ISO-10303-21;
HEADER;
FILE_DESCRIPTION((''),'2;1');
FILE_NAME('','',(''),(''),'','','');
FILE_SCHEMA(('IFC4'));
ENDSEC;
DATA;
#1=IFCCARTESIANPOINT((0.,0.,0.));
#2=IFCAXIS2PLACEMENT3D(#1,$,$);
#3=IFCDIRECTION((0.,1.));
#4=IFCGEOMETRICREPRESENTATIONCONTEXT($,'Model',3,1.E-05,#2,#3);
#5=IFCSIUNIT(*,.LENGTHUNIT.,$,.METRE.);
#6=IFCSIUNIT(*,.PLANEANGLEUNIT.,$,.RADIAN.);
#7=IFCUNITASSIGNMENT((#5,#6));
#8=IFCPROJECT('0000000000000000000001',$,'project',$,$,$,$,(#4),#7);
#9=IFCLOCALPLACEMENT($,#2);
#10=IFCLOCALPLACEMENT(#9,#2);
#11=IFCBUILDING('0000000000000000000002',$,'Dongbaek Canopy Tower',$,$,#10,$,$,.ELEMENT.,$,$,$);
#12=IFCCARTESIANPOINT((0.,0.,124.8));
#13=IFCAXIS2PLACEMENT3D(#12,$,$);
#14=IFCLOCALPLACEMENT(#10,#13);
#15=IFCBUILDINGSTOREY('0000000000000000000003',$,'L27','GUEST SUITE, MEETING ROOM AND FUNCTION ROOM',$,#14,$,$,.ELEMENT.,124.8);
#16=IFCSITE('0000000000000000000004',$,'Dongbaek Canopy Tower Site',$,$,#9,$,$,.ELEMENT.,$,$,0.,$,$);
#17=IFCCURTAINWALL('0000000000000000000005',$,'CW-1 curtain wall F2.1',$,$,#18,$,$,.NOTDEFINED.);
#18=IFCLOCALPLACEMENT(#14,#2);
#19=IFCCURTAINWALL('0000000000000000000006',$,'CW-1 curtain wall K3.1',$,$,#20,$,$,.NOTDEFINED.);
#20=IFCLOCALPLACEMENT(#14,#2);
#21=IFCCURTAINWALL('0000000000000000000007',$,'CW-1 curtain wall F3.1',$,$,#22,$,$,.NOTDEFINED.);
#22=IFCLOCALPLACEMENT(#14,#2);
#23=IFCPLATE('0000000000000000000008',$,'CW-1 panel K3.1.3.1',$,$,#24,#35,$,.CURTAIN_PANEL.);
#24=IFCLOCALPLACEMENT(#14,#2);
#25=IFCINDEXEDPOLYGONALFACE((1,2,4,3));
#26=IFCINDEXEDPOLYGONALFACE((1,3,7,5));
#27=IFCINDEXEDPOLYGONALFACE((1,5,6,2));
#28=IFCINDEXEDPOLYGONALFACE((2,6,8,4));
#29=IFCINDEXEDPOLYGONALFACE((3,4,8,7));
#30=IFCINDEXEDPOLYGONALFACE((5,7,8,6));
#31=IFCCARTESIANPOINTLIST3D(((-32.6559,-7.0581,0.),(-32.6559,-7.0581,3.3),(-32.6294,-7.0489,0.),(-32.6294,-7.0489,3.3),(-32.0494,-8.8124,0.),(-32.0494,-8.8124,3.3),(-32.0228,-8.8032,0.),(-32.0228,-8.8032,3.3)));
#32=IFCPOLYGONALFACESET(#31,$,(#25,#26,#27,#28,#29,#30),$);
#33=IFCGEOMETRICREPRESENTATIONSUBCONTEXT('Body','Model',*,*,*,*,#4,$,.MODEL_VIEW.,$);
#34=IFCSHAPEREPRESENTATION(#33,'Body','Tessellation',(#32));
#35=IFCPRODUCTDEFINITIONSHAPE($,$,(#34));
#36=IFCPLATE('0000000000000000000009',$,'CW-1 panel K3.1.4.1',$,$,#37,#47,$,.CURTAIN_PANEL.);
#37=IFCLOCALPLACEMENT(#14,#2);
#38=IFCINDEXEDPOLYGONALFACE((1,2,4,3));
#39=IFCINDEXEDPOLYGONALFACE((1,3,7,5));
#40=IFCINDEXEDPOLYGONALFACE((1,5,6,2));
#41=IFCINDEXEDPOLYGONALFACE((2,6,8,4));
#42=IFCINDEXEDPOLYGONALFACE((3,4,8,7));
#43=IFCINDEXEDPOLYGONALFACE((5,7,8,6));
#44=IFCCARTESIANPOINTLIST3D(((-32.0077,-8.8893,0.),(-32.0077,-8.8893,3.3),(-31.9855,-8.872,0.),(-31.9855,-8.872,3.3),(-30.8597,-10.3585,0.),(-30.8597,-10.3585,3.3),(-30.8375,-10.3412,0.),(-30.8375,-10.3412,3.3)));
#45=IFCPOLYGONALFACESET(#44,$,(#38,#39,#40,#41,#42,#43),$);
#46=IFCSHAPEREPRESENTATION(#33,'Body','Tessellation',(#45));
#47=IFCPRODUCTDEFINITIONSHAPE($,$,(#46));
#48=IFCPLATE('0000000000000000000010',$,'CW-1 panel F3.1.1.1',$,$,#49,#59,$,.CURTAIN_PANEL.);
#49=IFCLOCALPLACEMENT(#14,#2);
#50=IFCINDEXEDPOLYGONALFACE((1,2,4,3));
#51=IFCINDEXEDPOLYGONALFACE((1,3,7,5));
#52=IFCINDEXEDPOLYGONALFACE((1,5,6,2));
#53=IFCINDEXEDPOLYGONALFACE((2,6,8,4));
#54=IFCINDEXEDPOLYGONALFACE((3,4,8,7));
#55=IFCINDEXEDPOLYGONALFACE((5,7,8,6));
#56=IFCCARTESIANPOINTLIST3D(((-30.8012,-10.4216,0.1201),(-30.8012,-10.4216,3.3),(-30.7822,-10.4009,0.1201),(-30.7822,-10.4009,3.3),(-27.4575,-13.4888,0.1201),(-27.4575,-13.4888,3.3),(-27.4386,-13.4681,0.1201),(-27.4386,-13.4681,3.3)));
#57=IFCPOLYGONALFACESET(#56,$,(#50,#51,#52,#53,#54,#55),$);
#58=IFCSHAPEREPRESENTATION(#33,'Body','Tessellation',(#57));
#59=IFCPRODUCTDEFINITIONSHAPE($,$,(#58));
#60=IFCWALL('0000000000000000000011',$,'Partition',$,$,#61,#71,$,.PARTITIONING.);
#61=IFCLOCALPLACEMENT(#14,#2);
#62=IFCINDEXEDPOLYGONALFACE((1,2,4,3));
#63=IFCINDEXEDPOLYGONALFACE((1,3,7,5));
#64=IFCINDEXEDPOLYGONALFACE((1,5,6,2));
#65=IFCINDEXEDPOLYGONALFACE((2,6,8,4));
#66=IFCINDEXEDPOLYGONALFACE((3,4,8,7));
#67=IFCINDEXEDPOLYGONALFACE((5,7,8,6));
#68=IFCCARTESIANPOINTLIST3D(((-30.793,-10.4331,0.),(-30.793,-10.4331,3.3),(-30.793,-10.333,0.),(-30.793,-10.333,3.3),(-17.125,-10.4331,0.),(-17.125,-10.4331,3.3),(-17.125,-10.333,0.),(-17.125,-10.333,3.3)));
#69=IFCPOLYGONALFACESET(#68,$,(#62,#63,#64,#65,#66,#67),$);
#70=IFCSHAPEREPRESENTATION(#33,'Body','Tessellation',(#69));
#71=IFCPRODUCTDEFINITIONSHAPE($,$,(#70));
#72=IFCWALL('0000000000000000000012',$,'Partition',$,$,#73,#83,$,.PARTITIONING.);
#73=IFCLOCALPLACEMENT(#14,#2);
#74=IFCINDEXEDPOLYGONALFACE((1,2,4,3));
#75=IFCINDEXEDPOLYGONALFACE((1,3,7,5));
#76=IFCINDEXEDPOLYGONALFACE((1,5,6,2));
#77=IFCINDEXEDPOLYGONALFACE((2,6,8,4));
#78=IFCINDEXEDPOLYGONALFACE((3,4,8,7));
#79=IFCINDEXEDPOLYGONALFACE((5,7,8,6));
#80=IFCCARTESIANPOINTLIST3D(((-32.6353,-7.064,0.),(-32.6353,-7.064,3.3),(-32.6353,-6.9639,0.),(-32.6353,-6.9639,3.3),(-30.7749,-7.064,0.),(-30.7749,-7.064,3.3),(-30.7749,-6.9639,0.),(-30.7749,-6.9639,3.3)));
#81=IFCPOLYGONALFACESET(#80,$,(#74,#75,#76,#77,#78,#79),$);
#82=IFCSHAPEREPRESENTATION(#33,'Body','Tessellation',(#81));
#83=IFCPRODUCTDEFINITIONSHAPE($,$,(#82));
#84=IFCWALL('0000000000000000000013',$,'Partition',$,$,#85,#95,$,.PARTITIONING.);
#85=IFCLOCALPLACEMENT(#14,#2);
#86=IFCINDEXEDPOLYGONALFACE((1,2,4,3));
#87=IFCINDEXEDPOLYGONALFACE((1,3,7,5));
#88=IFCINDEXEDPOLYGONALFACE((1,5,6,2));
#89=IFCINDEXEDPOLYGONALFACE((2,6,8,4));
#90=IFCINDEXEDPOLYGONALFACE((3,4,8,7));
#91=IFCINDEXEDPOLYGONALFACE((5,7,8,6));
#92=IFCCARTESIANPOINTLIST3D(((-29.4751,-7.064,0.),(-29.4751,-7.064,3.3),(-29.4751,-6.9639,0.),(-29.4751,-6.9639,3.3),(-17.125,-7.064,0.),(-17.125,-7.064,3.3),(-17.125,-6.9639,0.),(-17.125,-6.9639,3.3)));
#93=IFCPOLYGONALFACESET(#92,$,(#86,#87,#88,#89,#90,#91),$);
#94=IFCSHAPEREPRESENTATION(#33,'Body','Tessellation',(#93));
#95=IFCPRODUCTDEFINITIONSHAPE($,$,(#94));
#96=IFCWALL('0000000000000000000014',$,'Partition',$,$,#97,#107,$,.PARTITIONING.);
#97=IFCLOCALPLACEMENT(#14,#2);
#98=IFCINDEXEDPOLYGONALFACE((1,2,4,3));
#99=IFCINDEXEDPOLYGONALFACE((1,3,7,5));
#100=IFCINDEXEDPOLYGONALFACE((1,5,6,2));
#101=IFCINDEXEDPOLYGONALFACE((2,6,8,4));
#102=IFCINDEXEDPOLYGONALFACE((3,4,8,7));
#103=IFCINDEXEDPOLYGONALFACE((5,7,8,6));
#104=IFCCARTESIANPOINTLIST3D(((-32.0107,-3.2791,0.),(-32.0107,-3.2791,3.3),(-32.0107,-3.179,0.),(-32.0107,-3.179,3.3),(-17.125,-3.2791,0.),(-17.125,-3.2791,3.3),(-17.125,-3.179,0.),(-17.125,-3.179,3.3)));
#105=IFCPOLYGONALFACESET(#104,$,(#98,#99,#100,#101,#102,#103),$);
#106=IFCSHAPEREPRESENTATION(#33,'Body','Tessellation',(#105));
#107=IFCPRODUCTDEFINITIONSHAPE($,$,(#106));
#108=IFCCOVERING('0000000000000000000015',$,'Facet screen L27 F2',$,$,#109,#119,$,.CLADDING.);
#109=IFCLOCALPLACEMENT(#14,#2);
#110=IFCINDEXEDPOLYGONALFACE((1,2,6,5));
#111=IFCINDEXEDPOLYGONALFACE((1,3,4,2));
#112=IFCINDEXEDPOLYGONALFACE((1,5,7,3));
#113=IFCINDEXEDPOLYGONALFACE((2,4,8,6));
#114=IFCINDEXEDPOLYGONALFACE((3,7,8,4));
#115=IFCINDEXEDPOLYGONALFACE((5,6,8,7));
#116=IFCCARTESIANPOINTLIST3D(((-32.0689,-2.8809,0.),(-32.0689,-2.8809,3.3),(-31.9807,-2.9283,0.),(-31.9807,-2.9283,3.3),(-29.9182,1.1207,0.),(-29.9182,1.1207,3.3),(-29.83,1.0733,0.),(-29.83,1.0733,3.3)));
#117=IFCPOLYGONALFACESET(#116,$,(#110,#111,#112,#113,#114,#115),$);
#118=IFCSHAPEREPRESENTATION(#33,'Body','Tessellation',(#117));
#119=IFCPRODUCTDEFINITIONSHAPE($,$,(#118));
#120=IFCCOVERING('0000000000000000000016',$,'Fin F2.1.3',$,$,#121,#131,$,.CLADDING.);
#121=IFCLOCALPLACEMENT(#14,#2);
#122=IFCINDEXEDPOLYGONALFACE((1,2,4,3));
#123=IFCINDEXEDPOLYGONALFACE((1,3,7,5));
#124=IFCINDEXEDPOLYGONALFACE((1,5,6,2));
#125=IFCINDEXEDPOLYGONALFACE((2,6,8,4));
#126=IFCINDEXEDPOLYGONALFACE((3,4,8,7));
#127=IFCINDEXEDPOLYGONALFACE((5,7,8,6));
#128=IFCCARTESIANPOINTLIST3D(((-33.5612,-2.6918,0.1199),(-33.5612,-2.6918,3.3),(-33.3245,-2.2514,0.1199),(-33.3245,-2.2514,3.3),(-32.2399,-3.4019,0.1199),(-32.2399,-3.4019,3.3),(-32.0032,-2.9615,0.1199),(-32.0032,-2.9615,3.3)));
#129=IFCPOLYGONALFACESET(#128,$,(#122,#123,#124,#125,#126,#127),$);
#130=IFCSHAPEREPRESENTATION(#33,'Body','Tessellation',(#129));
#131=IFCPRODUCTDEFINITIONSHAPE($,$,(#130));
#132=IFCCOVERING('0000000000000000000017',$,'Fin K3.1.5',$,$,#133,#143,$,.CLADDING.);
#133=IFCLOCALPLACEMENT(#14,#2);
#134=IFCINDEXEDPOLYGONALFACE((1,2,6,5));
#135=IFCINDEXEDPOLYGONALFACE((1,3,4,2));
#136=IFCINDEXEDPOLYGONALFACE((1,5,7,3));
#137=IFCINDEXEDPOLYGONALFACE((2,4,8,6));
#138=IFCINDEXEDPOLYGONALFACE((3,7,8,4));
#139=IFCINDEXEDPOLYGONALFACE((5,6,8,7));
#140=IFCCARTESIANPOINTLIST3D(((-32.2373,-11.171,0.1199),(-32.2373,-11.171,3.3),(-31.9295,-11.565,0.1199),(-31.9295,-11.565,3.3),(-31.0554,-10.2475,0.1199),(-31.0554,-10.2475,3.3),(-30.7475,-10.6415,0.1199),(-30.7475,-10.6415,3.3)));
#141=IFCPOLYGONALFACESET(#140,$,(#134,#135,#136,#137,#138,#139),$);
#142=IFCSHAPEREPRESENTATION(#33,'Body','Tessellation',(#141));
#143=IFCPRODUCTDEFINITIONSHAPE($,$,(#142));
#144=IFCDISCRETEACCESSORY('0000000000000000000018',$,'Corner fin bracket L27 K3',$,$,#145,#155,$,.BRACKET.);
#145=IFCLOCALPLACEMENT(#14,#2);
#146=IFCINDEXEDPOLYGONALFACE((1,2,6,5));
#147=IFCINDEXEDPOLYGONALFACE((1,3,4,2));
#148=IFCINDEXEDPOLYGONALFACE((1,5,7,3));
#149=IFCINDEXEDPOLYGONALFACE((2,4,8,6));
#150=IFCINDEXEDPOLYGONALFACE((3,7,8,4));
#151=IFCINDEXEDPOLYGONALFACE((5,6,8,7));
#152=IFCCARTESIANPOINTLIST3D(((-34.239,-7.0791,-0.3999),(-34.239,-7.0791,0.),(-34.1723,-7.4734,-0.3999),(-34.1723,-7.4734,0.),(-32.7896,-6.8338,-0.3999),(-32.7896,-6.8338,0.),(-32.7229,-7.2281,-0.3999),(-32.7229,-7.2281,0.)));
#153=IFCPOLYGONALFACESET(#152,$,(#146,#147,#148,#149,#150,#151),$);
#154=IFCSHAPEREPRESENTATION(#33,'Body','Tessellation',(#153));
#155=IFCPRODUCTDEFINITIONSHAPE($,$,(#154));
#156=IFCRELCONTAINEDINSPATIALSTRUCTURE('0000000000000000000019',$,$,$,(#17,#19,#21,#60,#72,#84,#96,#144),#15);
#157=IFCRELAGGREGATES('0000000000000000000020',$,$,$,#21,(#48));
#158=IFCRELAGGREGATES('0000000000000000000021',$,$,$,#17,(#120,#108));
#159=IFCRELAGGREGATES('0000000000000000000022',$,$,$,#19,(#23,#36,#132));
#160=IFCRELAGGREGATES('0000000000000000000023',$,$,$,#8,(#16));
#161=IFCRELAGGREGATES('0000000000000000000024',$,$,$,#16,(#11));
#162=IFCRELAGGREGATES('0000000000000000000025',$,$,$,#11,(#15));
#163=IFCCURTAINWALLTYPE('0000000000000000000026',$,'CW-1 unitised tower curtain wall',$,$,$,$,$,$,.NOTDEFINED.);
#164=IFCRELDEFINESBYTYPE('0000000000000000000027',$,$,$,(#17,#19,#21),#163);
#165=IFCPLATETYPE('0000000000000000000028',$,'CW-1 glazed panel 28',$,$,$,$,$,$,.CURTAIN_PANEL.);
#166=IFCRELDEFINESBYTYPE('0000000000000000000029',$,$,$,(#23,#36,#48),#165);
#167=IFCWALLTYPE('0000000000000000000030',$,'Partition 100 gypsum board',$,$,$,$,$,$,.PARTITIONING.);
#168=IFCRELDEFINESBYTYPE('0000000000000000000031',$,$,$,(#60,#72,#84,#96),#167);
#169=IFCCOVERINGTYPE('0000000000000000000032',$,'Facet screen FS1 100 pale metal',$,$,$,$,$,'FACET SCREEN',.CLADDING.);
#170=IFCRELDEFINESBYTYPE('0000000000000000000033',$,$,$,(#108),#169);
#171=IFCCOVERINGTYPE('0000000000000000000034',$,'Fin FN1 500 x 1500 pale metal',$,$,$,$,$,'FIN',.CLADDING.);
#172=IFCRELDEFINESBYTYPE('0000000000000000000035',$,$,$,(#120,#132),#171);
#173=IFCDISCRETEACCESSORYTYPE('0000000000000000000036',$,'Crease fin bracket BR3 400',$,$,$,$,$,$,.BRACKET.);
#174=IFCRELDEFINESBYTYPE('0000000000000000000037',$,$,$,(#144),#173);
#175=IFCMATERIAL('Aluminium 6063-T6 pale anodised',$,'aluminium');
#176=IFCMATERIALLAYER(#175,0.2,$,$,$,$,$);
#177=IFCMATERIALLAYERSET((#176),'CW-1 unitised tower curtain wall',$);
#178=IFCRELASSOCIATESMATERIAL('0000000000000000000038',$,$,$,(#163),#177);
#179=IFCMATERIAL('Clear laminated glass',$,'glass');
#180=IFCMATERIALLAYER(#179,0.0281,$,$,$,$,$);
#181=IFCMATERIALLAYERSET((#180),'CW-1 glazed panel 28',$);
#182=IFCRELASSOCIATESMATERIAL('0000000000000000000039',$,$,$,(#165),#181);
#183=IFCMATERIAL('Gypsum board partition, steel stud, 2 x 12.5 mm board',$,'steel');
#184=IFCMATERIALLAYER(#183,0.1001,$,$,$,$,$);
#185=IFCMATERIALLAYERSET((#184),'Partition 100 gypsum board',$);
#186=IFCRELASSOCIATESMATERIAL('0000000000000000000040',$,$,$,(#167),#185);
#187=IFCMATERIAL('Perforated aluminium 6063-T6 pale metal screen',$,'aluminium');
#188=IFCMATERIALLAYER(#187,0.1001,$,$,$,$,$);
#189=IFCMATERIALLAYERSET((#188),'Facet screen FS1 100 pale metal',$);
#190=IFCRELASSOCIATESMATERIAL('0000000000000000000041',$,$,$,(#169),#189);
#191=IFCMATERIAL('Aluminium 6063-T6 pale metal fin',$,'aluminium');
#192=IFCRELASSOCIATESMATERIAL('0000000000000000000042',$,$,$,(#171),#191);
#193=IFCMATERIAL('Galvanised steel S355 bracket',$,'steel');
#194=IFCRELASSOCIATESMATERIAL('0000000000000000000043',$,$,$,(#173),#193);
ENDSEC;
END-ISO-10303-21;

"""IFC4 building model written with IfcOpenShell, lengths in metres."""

from ifc_helpers import new_model, si_unit, direction, frame, frame_2d, origin, origin_2d, place, context, subcontext, project, spatial, rectangle, extrude, material, layer, layer_set, material_profile, profile_set, type_object, element, aggregate, save


model = new_model("IFC4")

# Units and contexts
model_context = context("Model", 3, precision=1e-05, world=origin(), true_north=direction((0.0, 1.0)))
body_context = subcontext(model_context, "Body", "Model", "MODEL_VIEW")
ifc_project = project(units=[si_unit("LENGTHUNIT", "METRE"), si_unit("PLANEANGLEUNIT", "RADIAN")], contexts=[model_context])

# Site, building, storey
site_placement = place(None, origin())
site = spatial("IfcSite", under=ifc_project, at=site_placement, Name="Dongbaek Canopy Tower Site", CompositionType="ELEMENT", RefElevation=0.0)
building_placement = place(site_placement, origin())
building = spatial("IfcBuilding", under=site, at=building_placement, Name="Dongbaek Canopy Tower", CompositionType="ELEMENT")
storey_placement = place(building_placement, frame((0.0, 0.0, 124.8)))
storey = spatial("IfcBuildingStorey", under=building, at=storey_placement, Name="L27", Description="GUEST SUITE, MEETING ROOM AND FUNCTION ROOM", CompositionType="ELEMENT", Elevation=124.8)

# Curtain wall
ifc_material_1 = material(Name="Aluminium 6063-T6 pale anodised", Category="aluminium")
ifc_layer_1 = layer(ifc_material_1, 0.2)
ifc_layer_set_1 = layer_set([ifc_layer_1], Name="CW-1 unitised tower curtain wall")
curtain_wall_type = type_object("IfcCurtainWallType", Name="CW-1 unitised tower curtain wall", PredefinedType="NOTDEFINED", material=ifc_layer_set_1)
curtain_wall_1_placement = place(storey_placement, origin())
curtain_wall_1 = element("IfcCurtainWall", 1, at=curtain_wall_1_placement, inside=storey, type_object=curtain_wall_type, Name="CW-1 curtain wall F2.1", PredefinedType="NOTDEFINED")

# Curtain wall
curtain_wall_2_placement = place(storey_placement, origin())
curtain_wall_2 = element("IfcCurtainWall", 2, at=curtain_wall_2_placement, inside=storey, type_object=curtain_wall_type, Name="CW-1 curtain wall K3.1", PredefinedType="NOTDEFINED")

# Curtain wall
curtain_wall_3_placement = place(storey_placement, origin())
curtain_wall_3 = element("IfcCurtainWall", 3, at=curtain_wall_3_placement, inside=storey, type_object=curtain_wall_type, Name="CW-1 curtain wall F3.1", PredefinedType="NOTDEFINED")

# Plates
ifc_material_2 = material(Name="Clear laminated glass", Category="glass")
ifc_layer_2 = layer(ifc_material_2, 0.0281)
ifc_layer_set_2 = layer_set([ifc_layer_2], Name="CW-1 glazed panel 28")
plate_type = type_object("IfcPlateType", Name="CW-1 glazed panel 28", PredefinedType="CURTAIN_PANEL", material=ifc_layer_set_2)
plate_1_placement = place(storey_placement, frame((-32.3394, -7.9307, 0.0), z_axis=(0.0, 0.0, 1.0), x_axis=(0.326766, -0.945105, 0.0)))
plate_1 = element("IfcPlate", 4, at=plate_1_placement, type_object=plate_type, Name="CW-1 panel K3.1.3.1", PredefinedType="CURTAIN_PANEL", context=body_context, shape_type="SweptSolid", body=[
    extrude(rectangle(XDim=1.8562, YDim=0.0281, at=origin_2d()), origin(), (0.0, 0.0, 1.0), 3.3),
])
plate_2_placement = place(storey_placement, frame((-31.4226, -9.6152, 0.0), z_axis=(0.0, 0.0, 1.0), x_axis=(0.615716, -0.787968, 0.0)))
plate_2 = element("IfcPlate", 5, at=plate_2_placement, type_object=plate_type, Name="CW-1 panel K3.1.4.1", PredefinedType="CURTAIN_PANEL", context=body_context, shape_type="SweptSolid", body=[
    extrude(rectangle(XDim=1.8645, YDim=0.0281, at=origin_2d()), origin(), (0.0, 0.0, 1.0), 3.3),
])
plate_3_placement = place(storey_placement, frame((-29.1199, -11.9448, 0.1201), z_axis=(0.0, 0.0, 1.0), x_axis=(0.73692, -0.67598, 0.0)))
plate_3 = element("IfcPlate", 6, at=plate_3_placement, type_object=plate_type, Name="CW-1 panel F3.1.1.1", PredefinedType="CURTAIN_PANEL", context=body_context, shape_type="SweptSolid", body=[
    extrude(rectangle(XDim=4.5374, YDim=0.0281, at=origin_2d()), origin(), (0.0, 0.0, 1.0), 3.1799),
])
aggregate(curtain_wall_3, [plate_3])

# Walls
ifc_material_3 = material(Name="Gypsum board partition, steel stud, 2 x 12.5 mm board", Category="steel")
ifc_layer_3 = layer(ifc_material_3, 0.1001)
ifc_layer_set_3 = layer_set([ifc_layer_3], Name="Partition 100 gypsum board")
wall_type = type_object("IfcWallType", Name="Partition 100 gypsum board", PredefinedType="PARTITIONING", material=ifc_layer_set_3)
wall_1_placement = place(storey_placement, frame((-30.793, -10.3831, 0.0), z_axis=(0.0, 0.0, 1.0), x_axis=(1.0, 0.0, 0.0)))
element("IfcWall", 7, at=wall_1_placement, inside=storey, type_object=wall_type, Name="Partition", PredefinedType="PARTITIONING", context=body_context, shape_type="SweptSolid", body=[
    extrude(rectangle(XDim=13.668, YDim=0.1001, at=frame_2d((6.834, 0.0))), origin(), (0.0, 0.0, 1.0), 3.3),
])
wall_2_placement = place(storey_placement, frame((-32.6353, -7.0139, 0.0), z_axis=(0.0, 0.0, 1.0), x_axis=(1.0, 0.0, 0.0)))
element("IfcWall", 8, at=wall_2_placement, inside=storey, type_object=wall_type, Name="Partition", PredefinedType="PARTITIONING", context=body_context, shape_type="SweptSolid", body=[
    extrude(rectangle(XDim=1.8604, YDim=0.1001, at=frame_2d((0.9302, 0.0))), origin(), (0.0, 0.0, 1.0), 3.3),
])
wall_3_placement = place(storey_placement, frame((-29.4751, -7.0139, 0.0), z_axis=(0.0, 0.0, 1.0), x_axis=(1.0, 0.0, 0.0)))
element("IfcWall", 9, at=wall_3_placement, inside=storey, type_object=wall_type, Name="Partition", PredefinedType="PARTITIONING", context=body_context, shape_type="SweptSolid", body=[
    extrude(rectangle(XDim=12.3501, YDim=0.1001, at=frame_2d((6.175, 0.0))), origin(), (0.0, 0.0, 1.0), 3.3),
])
wall_4_placement = place(storey_placement, frame((-32.0107, -3.229, 0.0), z_axis=(0.0, 0.0, 1.0), x_axis=(1.0, 0.0, 0.0)))
element("IfcWall", 10, at=wall_4_placement, inside=storey, type_object=wall_type, Name="Partition", PredefinedType="PARTITIONING", context=body_context, shape_type="SweptSolid", body=[
    extrude(rectangle(XDim=14.8857, YDim=0.1001, at=frame_2d((7.4429, 0.0))), origin(), (0.0, 0.0, 1.0), 3.3),
])

# Coverings
ifc_material_4 = material(Name="Perforated aluminium 6063-T6 pale metal screen", Category="aluminium")
ifc_layer_4 = layer(ifc_material_4, 0.1001)
ifc_layer_set_4 = layer_set([ifc_layer_4], Name="Facet screen FS1 100 pale metal")
covering_type_1 = type_object("IfcCoveringType", Name="Facet screen FS1 100 pale metal", ElementType="FACET SCREEN", PredefinedType="CLADDING", material=ifc_layer_set_4)
covering_1_placement = place(storey_placement, frame((-30.9495, -0.9038, 0.0), z_axis=(0.0, 0.0, 1.0), x_axis=(-0.473409, -0.880843, 0.0)))
covering_1 = element("IfcCovering", 11, at=covering_1_placement, type_object=covering_type_1, Name="Facet screen L27 F2", PredefinedType="CLADDING", context=body_context, shape_type="SweptSolid", body=[
    extrude(rectangle(XDim=4.543, YDim=0.1001, at=origin_2d()), origin(), (0.0, 0.0, 1.0), 3.3),
])
ifc_material_5 = material(Name="Aluminium 6063-T6 pale metal fin", Category="aluminium")
ifc_material_profile_1 = material_profile(ifc_material_5, rectangle(XDim=1.5, YDim=0.5, at=origin_2d()), Name="Fin FN1 500 x 1500 pale metal")
ifc_profile_set_1 = profile_set([ifc_material_profile_1], Name="Aluminium 6063-T6 pale metal fin")
covering_type_2 = type_object("IfcCoveringType", Name="Fin FN1 500 x 1500 pale metal", ElementType="FIN", PredefinedType="CLADDING", material=ifc_profile_set_1)
covering_2_placement = place(storey_placement, frame((-32.7822, -2.8267, 0.1199), z_axis=(0.0, 0.0, 1.0), x_axis=(-0.880843, 0.473409, 0.0)))
covering_2 = element("IfcCovering", 12, at=covering_2_placement, type_object=covering_type_2, Name="Fin F2.1.3", PredefinedType="CLADDING", context=body_context, shape_type="SweptSolid", body=[
    extrude(rectangle(XDim=1.5, YDim=0.5, at=origin_2d()), origin(), (0.0, 0.0, 1.0), 3.1802),
])
aggregate(curtain_wall_1, [covering_2, covering_1])
covering_3_placement = place(storey_placement, frame((-31.4924, -10.9062, 0.1199), z_axis=(0.0, 0.0, 1.0), x_axis=(-0.787968, -0.615716, 0.0)))
covering_3 = element("IfcCovering", 13, at=covering_3_placement, type_object=covering_type_2, Name="Fin K3.1.5", PredefinedType="CLADDING", context=body_context, shape_type="SweptSolid", body=[
    extrude(rectangle(XDim=1.5, YDim=0.5, at=origin_2d()), origin(), (0.0, 0.0, 1.0), 3.1802),
])
aggregate(curtain_wall_2, [plate_1, plate_2, covering_3])

# Discrete accessory
ifc_material_6 = material(Name="Galvanised steel S355 bracket", Category="steel")
discrete_accessory_type = type_object("IfcDiscreteAccessoryType", Name="Crease fin bracket BR3 400", PredefinedType="BRACKET", material=ifc_material_6)
discrete_accessory_placement = place(storey_placement, frame((-33.481, -7.1536, -0.3999), z_axis=(0.0, 0.0, 1.0), x_axis=(-0.985976, -0.166887, 0.0)))
element("IfcDiscreteAccessory", 14, at=discrete_accessory_placement, inside=storey, type_object=discrete_accessory_type, Name="Corner fin bracket L27 K3", PredefinedType="BRACKET", context=body_context, shape_type="SweptSolid", body=[
    extrude(rectangle(XDim=1.47, YDim=0.3999, at=origin_2d()), origin(), (0.0, 0.0, 1.0), 0.3999),
])

save(model, "model.ifc")
